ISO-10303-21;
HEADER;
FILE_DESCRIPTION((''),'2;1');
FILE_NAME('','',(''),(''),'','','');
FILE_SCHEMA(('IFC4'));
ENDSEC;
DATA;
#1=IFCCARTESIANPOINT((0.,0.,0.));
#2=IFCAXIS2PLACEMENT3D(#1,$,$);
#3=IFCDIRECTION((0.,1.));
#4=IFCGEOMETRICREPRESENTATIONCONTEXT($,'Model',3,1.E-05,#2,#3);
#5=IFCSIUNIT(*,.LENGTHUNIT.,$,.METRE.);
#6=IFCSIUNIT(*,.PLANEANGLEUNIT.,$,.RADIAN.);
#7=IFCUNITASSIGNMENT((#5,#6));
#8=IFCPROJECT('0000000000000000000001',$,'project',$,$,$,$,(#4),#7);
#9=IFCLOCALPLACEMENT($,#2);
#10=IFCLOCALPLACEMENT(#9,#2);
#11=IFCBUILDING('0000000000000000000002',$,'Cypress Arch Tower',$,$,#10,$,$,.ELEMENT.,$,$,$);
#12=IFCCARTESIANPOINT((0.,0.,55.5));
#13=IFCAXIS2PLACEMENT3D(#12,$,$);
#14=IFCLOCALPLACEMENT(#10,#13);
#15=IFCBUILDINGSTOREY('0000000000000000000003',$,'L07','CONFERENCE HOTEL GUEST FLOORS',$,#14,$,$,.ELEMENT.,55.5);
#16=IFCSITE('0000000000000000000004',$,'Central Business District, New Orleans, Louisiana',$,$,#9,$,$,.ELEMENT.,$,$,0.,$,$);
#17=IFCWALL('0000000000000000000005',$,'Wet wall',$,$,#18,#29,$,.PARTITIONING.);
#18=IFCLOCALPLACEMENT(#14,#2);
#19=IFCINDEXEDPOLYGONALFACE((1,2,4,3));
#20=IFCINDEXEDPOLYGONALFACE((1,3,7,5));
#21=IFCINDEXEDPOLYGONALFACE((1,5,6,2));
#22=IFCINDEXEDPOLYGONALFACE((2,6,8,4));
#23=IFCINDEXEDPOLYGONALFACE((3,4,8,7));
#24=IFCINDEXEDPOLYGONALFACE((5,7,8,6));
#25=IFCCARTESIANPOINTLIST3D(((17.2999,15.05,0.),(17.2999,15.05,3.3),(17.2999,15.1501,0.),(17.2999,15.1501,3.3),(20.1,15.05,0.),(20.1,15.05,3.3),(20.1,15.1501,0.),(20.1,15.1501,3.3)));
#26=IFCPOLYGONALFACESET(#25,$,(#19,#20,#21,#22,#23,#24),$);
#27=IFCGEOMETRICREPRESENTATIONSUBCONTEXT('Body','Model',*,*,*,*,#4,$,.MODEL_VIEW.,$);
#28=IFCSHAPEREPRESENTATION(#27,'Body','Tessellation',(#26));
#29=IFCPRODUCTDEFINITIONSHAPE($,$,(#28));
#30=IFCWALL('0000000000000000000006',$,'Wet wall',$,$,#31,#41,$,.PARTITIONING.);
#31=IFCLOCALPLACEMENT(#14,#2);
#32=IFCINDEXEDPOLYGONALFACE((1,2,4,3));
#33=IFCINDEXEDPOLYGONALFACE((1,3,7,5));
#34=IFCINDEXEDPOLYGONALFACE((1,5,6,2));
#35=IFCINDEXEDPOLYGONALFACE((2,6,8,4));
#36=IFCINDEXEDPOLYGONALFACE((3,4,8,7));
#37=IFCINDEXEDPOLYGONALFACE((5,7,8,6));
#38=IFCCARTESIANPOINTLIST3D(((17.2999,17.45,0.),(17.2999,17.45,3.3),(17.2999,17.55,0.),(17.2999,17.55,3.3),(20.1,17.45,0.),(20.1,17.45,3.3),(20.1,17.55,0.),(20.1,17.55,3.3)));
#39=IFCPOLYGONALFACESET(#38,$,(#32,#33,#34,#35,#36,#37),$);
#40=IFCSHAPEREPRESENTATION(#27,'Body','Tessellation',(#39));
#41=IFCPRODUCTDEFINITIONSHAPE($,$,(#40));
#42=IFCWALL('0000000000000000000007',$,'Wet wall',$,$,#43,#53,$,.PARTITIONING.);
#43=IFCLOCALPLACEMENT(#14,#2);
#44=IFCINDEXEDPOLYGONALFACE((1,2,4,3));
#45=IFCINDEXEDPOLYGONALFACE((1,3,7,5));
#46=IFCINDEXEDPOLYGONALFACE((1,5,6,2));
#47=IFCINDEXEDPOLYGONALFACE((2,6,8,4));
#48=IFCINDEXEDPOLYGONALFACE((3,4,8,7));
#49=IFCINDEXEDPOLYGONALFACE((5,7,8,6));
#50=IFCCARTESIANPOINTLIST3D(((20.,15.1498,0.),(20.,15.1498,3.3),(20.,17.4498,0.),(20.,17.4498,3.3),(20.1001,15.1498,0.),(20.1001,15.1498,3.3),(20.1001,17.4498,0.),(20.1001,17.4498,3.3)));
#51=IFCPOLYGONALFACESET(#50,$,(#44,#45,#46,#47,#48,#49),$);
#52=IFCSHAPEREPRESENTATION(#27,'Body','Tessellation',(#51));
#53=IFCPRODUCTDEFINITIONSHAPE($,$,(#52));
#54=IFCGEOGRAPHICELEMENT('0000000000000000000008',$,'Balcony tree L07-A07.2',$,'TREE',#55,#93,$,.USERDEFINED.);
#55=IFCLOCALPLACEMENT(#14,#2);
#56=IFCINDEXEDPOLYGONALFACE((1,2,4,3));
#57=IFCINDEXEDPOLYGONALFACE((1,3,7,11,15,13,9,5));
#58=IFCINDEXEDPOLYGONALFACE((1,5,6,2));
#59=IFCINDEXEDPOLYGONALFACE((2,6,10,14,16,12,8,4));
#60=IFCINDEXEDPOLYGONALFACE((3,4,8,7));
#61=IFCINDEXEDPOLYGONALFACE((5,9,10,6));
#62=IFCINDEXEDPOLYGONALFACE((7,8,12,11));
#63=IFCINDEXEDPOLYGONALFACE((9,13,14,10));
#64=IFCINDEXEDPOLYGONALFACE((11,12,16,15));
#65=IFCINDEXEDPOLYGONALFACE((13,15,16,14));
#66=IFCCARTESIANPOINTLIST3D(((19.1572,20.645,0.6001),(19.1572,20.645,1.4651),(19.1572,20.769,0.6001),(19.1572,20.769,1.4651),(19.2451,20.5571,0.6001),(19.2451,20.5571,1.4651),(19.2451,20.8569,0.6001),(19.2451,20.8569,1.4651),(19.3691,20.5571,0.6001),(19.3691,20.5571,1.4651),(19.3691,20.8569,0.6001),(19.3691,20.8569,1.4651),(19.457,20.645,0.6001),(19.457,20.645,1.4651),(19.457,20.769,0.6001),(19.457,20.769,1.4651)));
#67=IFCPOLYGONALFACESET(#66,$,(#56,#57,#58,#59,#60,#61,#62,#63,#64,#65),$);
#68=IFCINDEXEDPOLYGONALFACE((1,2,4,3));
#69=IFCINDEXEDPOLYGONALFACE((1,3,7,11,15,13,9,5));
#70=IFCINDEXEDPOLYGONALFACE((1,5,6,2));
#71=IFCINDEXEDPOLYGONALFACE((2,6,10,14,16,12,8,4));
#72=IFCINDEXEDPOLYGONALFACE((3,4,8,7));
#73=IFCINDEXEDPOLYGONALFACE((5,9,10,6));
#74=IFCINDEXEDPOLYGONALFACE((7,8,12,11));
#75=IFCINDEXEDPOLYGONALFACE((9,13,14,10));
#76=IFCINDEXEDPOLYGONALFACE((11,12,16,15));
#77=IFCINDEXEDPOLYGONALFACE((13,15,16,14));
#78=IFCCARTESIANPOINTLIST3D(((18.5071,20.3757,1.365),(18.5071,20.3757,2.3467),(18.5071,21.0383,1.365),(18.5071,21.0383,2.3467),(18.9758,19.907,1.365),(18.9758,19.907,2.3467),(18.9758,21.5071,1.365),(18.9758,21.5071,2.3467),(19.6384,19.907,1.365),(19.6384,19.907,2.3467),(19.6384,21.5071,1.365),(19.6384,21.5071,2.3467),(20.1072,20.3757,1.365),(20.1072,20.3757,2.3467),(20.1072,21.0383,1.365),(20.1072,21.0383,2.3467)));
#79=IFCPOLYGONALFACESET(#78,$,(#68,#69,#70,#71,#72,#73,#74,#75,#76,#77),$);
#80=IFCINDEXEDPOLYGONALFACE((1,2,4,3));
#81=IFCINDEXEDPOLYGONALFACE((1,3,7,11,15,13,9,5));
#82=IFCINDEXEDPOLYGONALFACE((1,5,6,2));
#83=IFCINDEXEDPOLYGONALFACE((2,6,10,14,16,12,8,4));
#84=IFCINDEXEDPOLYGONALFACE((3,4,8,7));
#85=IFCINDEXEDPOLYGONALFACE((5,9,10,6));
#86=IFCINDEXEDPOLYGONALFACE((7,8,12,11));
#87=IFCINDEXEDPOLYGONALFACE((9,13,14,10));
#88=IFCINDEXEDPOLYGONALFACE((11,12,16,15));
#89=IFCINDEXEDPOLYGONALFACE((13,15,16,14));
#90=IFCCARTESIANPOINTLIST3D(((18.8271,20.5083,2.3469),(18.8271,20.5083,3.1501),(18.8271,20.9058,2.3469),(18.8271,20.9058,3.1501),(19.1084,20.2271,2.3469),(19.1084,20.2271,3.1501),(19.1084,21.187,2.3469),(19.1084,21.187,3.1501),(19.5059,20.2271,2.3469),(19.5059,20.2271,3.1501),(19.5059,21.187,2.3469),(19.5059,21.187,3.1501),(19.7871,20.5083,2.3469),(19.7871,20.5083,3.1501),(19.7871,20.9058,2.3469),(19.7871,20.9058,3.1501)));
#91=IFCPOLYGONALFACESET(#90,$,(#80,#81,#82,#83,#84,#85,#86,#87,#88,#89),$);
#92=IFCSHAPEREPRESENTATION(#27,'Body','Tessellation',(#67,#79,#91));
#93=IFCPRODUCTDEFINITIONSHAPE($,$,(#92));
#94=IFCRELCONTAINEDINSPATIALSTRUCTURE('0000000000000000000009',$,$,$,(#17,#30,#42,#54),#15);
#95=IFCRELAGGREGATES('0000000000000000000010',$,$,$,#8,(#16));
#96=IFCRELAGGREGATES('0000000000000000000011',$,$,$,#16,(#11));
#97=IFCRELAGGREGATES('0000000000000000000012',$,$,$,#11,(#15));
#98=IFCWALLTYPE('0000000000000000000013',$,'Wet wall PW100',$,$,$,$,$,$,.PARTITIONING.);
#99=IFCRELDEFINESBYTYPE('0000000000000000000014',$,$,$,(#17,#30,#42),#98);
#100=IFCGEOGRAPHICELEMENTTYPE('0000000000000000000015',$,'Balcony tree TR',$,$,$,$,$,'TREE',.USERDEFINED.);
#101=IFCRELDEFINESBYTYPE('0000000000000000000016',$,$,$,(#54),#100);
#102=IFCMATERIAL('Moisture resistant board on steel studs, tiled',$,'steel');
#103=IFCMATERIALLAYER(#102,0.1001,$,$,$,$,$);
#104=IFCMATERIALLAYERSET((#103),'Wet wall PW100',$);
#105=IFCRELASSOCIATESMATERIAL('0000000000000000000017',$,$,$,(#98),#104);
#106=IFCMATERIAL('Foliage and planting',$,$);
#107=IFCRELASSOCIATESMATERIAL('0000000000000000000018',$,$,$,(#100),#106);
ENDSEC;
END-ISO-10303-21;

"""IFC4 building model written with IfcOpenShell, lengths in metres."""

from ifc_helpers import new_model, si_unit, direction, frame, frame_2d, origin, place, context, subcontext, project, spatial, polyline, rectangle, outline, extrude, material, layer, layer_set, type_object, element, save


model = new_model("IFC4")

# Units and contexts
model_context = context("Model", 3, precision=1e-05, world=origin(), true_north=direction((0.0, 1.0)))
body_context = subcontext(model_context, "Body", "Model", "MODEL_VIEW")
ifc_project = project(units=[si_unit("LENGTHUNIT", "METRE"), si_unit("PLANEANGLEUNIT", "RADIAN")], contexts=[model_context])

# Site, building, storey
site_placement = place(None, origin())
site = spatial("IfcSite", under=ifc_project, at=site_placement, Name="Central Business District, New Orleans, Louisiana", CompositionType="ELEMENT", RefElevation=0.0)
building_placement = place(site_placement, origin())
building = spatial("IfcBuilding", under=site, at=building_placement, Name="Cypress Arch Tower", CompositionType="ELEMENT")
storey_placement = place(building_placement, frame((0.0, 0.0, 55.5)))
storey = spatial("IfcBuildingStorey", under=building, at=storey_placement, Name="L07", Description="CONFERENCE HOTEL GUEST FLOORS", CompositionType="ELEMENT", Elevation=55.5)

# Shared definitions
ifc_material_1 = material(Name="Moisture resistant board on steel studs, tiled", Category="steel")
ifc_layer_1 = layer(ifc_material_1, 0.1001)
ifc_layer_set_1 = layer_set([ifc_layer_1], Name="Wet wall PW100")
wall_type_1 = type_object("IfcWallType", Name="Wet wall PW100", PredefinedType="PARTITIONING", material=ifc_layer_set_1)

# Walls
for number, where, z_axis, x_axis, name in (
    (1, (17.3, 15.1001, 0.0), (0.0, 0.0, 1.0), (1.0, 0.0, 0.0), "Wet wall"),
    (2, (17.3, 17.5, 0.0), (0.0, 0.0, 1.0), (1.0, 0.0, 0.0), "Wet wall"),
):
    element("IfcWall", number, at=place(storey_placement, frame(where, z_axis=z_axis, x_axis=x_axis)), inside=storey, type_object=wall_type_1, Name=name, PredefinedType="PARTITIONING", context=body_context, shape_type="SweptSolid", body=[
        extrude(rectangle(XDim=2.8, YDim=0.1001, at=frame_2d((1.3999, 0.0))), origin(), (0.0, 0.0, 1.0), 3.3),
    ])
wall_1_placement = place(storey_placement, frame((20.05, 15.1499, 0.0), z_axis=(0.0, 0.0, 1.0), x_axis=(0.0, 1.0, 0.0)))
element("IfcWall", 3, at=wall_1_placement, inside=storey, type_object=wall_type_1, Name="Wet wall", PredefinedType="PARTITIONING", context=body_context, shape_type="SweptSolid", body=[
    extrude(rectangle(XDim=2.3, YDim=0.1001, at=frame_2d((1.1499, 0.0))), origin(), (0.0, 0.0, 1.0), 3.3),
])

# Geographic element
ifc_material_2 = material(Name="Foliage and planting")
geographic_element_type = type_object("IfcGeographicElementType", Name="Balcony tree TR", ElementType="TREE", PredefinedType="USERDEFINED", material=ifc_material_2)
geographic_element_placement = place(storey_placement, frame((19.3071, 20.707, 0.6001), z_axis=(0.0, 0.0, 1.0), x_axis=(1.0, 0.0, 0.0)))
element("IfcGeographicElement", 4, at=geographic_element_placement, inside=storey, type_object=geographic_element_type, Name="Balcony tree L07-A07.2", ObjectType="TREE", PredefinedType="USERDEFINED", context=body_context, shape_type="SweptSolid", body=[
    extrude(outline(polyline([(0.1499, 0.062), (0.062, 0.1499), (-0.062, 0.1499), (-0.1499, 0.062), (-0.1499, -0.062), (-0.062, -0.1499), (0.062, -0.1499), (0.1499, -0.062), (0.1499, 0.062)])), origin(), (0.0, 0.0, 1.0), 0.865),
    extrude(outline(polyline([(0.8, 0.3313), (0.3313, 0.8), (-0.3313, 0.8), (-0.8, 0.3313), (-0.8, -0.3313), (-0.3313, -0.8), (0.3313, -0.8), (0.8, -0.3313), (0.8, 0.3313)])), frame((0.0, 0.0, 0.7649)), (0.0, 0.0, 1.0), 0.9817),
    extrude(outline(polyline([(0.48, 0.1987), (0.1987, 0.48), (-0.1987, 0.48), (-0.48, 0.1987), (-0.48, -0.1987), (-0.1987, -0.48), (0.1987, -0.48), (0.48, -0.1987), (0.48, 0.1987)])), frame((0.0, 0.0, 1.7468)), (0.0, 0.0, 1.0), 0.8032),
])

save(model, "model.ifc")
